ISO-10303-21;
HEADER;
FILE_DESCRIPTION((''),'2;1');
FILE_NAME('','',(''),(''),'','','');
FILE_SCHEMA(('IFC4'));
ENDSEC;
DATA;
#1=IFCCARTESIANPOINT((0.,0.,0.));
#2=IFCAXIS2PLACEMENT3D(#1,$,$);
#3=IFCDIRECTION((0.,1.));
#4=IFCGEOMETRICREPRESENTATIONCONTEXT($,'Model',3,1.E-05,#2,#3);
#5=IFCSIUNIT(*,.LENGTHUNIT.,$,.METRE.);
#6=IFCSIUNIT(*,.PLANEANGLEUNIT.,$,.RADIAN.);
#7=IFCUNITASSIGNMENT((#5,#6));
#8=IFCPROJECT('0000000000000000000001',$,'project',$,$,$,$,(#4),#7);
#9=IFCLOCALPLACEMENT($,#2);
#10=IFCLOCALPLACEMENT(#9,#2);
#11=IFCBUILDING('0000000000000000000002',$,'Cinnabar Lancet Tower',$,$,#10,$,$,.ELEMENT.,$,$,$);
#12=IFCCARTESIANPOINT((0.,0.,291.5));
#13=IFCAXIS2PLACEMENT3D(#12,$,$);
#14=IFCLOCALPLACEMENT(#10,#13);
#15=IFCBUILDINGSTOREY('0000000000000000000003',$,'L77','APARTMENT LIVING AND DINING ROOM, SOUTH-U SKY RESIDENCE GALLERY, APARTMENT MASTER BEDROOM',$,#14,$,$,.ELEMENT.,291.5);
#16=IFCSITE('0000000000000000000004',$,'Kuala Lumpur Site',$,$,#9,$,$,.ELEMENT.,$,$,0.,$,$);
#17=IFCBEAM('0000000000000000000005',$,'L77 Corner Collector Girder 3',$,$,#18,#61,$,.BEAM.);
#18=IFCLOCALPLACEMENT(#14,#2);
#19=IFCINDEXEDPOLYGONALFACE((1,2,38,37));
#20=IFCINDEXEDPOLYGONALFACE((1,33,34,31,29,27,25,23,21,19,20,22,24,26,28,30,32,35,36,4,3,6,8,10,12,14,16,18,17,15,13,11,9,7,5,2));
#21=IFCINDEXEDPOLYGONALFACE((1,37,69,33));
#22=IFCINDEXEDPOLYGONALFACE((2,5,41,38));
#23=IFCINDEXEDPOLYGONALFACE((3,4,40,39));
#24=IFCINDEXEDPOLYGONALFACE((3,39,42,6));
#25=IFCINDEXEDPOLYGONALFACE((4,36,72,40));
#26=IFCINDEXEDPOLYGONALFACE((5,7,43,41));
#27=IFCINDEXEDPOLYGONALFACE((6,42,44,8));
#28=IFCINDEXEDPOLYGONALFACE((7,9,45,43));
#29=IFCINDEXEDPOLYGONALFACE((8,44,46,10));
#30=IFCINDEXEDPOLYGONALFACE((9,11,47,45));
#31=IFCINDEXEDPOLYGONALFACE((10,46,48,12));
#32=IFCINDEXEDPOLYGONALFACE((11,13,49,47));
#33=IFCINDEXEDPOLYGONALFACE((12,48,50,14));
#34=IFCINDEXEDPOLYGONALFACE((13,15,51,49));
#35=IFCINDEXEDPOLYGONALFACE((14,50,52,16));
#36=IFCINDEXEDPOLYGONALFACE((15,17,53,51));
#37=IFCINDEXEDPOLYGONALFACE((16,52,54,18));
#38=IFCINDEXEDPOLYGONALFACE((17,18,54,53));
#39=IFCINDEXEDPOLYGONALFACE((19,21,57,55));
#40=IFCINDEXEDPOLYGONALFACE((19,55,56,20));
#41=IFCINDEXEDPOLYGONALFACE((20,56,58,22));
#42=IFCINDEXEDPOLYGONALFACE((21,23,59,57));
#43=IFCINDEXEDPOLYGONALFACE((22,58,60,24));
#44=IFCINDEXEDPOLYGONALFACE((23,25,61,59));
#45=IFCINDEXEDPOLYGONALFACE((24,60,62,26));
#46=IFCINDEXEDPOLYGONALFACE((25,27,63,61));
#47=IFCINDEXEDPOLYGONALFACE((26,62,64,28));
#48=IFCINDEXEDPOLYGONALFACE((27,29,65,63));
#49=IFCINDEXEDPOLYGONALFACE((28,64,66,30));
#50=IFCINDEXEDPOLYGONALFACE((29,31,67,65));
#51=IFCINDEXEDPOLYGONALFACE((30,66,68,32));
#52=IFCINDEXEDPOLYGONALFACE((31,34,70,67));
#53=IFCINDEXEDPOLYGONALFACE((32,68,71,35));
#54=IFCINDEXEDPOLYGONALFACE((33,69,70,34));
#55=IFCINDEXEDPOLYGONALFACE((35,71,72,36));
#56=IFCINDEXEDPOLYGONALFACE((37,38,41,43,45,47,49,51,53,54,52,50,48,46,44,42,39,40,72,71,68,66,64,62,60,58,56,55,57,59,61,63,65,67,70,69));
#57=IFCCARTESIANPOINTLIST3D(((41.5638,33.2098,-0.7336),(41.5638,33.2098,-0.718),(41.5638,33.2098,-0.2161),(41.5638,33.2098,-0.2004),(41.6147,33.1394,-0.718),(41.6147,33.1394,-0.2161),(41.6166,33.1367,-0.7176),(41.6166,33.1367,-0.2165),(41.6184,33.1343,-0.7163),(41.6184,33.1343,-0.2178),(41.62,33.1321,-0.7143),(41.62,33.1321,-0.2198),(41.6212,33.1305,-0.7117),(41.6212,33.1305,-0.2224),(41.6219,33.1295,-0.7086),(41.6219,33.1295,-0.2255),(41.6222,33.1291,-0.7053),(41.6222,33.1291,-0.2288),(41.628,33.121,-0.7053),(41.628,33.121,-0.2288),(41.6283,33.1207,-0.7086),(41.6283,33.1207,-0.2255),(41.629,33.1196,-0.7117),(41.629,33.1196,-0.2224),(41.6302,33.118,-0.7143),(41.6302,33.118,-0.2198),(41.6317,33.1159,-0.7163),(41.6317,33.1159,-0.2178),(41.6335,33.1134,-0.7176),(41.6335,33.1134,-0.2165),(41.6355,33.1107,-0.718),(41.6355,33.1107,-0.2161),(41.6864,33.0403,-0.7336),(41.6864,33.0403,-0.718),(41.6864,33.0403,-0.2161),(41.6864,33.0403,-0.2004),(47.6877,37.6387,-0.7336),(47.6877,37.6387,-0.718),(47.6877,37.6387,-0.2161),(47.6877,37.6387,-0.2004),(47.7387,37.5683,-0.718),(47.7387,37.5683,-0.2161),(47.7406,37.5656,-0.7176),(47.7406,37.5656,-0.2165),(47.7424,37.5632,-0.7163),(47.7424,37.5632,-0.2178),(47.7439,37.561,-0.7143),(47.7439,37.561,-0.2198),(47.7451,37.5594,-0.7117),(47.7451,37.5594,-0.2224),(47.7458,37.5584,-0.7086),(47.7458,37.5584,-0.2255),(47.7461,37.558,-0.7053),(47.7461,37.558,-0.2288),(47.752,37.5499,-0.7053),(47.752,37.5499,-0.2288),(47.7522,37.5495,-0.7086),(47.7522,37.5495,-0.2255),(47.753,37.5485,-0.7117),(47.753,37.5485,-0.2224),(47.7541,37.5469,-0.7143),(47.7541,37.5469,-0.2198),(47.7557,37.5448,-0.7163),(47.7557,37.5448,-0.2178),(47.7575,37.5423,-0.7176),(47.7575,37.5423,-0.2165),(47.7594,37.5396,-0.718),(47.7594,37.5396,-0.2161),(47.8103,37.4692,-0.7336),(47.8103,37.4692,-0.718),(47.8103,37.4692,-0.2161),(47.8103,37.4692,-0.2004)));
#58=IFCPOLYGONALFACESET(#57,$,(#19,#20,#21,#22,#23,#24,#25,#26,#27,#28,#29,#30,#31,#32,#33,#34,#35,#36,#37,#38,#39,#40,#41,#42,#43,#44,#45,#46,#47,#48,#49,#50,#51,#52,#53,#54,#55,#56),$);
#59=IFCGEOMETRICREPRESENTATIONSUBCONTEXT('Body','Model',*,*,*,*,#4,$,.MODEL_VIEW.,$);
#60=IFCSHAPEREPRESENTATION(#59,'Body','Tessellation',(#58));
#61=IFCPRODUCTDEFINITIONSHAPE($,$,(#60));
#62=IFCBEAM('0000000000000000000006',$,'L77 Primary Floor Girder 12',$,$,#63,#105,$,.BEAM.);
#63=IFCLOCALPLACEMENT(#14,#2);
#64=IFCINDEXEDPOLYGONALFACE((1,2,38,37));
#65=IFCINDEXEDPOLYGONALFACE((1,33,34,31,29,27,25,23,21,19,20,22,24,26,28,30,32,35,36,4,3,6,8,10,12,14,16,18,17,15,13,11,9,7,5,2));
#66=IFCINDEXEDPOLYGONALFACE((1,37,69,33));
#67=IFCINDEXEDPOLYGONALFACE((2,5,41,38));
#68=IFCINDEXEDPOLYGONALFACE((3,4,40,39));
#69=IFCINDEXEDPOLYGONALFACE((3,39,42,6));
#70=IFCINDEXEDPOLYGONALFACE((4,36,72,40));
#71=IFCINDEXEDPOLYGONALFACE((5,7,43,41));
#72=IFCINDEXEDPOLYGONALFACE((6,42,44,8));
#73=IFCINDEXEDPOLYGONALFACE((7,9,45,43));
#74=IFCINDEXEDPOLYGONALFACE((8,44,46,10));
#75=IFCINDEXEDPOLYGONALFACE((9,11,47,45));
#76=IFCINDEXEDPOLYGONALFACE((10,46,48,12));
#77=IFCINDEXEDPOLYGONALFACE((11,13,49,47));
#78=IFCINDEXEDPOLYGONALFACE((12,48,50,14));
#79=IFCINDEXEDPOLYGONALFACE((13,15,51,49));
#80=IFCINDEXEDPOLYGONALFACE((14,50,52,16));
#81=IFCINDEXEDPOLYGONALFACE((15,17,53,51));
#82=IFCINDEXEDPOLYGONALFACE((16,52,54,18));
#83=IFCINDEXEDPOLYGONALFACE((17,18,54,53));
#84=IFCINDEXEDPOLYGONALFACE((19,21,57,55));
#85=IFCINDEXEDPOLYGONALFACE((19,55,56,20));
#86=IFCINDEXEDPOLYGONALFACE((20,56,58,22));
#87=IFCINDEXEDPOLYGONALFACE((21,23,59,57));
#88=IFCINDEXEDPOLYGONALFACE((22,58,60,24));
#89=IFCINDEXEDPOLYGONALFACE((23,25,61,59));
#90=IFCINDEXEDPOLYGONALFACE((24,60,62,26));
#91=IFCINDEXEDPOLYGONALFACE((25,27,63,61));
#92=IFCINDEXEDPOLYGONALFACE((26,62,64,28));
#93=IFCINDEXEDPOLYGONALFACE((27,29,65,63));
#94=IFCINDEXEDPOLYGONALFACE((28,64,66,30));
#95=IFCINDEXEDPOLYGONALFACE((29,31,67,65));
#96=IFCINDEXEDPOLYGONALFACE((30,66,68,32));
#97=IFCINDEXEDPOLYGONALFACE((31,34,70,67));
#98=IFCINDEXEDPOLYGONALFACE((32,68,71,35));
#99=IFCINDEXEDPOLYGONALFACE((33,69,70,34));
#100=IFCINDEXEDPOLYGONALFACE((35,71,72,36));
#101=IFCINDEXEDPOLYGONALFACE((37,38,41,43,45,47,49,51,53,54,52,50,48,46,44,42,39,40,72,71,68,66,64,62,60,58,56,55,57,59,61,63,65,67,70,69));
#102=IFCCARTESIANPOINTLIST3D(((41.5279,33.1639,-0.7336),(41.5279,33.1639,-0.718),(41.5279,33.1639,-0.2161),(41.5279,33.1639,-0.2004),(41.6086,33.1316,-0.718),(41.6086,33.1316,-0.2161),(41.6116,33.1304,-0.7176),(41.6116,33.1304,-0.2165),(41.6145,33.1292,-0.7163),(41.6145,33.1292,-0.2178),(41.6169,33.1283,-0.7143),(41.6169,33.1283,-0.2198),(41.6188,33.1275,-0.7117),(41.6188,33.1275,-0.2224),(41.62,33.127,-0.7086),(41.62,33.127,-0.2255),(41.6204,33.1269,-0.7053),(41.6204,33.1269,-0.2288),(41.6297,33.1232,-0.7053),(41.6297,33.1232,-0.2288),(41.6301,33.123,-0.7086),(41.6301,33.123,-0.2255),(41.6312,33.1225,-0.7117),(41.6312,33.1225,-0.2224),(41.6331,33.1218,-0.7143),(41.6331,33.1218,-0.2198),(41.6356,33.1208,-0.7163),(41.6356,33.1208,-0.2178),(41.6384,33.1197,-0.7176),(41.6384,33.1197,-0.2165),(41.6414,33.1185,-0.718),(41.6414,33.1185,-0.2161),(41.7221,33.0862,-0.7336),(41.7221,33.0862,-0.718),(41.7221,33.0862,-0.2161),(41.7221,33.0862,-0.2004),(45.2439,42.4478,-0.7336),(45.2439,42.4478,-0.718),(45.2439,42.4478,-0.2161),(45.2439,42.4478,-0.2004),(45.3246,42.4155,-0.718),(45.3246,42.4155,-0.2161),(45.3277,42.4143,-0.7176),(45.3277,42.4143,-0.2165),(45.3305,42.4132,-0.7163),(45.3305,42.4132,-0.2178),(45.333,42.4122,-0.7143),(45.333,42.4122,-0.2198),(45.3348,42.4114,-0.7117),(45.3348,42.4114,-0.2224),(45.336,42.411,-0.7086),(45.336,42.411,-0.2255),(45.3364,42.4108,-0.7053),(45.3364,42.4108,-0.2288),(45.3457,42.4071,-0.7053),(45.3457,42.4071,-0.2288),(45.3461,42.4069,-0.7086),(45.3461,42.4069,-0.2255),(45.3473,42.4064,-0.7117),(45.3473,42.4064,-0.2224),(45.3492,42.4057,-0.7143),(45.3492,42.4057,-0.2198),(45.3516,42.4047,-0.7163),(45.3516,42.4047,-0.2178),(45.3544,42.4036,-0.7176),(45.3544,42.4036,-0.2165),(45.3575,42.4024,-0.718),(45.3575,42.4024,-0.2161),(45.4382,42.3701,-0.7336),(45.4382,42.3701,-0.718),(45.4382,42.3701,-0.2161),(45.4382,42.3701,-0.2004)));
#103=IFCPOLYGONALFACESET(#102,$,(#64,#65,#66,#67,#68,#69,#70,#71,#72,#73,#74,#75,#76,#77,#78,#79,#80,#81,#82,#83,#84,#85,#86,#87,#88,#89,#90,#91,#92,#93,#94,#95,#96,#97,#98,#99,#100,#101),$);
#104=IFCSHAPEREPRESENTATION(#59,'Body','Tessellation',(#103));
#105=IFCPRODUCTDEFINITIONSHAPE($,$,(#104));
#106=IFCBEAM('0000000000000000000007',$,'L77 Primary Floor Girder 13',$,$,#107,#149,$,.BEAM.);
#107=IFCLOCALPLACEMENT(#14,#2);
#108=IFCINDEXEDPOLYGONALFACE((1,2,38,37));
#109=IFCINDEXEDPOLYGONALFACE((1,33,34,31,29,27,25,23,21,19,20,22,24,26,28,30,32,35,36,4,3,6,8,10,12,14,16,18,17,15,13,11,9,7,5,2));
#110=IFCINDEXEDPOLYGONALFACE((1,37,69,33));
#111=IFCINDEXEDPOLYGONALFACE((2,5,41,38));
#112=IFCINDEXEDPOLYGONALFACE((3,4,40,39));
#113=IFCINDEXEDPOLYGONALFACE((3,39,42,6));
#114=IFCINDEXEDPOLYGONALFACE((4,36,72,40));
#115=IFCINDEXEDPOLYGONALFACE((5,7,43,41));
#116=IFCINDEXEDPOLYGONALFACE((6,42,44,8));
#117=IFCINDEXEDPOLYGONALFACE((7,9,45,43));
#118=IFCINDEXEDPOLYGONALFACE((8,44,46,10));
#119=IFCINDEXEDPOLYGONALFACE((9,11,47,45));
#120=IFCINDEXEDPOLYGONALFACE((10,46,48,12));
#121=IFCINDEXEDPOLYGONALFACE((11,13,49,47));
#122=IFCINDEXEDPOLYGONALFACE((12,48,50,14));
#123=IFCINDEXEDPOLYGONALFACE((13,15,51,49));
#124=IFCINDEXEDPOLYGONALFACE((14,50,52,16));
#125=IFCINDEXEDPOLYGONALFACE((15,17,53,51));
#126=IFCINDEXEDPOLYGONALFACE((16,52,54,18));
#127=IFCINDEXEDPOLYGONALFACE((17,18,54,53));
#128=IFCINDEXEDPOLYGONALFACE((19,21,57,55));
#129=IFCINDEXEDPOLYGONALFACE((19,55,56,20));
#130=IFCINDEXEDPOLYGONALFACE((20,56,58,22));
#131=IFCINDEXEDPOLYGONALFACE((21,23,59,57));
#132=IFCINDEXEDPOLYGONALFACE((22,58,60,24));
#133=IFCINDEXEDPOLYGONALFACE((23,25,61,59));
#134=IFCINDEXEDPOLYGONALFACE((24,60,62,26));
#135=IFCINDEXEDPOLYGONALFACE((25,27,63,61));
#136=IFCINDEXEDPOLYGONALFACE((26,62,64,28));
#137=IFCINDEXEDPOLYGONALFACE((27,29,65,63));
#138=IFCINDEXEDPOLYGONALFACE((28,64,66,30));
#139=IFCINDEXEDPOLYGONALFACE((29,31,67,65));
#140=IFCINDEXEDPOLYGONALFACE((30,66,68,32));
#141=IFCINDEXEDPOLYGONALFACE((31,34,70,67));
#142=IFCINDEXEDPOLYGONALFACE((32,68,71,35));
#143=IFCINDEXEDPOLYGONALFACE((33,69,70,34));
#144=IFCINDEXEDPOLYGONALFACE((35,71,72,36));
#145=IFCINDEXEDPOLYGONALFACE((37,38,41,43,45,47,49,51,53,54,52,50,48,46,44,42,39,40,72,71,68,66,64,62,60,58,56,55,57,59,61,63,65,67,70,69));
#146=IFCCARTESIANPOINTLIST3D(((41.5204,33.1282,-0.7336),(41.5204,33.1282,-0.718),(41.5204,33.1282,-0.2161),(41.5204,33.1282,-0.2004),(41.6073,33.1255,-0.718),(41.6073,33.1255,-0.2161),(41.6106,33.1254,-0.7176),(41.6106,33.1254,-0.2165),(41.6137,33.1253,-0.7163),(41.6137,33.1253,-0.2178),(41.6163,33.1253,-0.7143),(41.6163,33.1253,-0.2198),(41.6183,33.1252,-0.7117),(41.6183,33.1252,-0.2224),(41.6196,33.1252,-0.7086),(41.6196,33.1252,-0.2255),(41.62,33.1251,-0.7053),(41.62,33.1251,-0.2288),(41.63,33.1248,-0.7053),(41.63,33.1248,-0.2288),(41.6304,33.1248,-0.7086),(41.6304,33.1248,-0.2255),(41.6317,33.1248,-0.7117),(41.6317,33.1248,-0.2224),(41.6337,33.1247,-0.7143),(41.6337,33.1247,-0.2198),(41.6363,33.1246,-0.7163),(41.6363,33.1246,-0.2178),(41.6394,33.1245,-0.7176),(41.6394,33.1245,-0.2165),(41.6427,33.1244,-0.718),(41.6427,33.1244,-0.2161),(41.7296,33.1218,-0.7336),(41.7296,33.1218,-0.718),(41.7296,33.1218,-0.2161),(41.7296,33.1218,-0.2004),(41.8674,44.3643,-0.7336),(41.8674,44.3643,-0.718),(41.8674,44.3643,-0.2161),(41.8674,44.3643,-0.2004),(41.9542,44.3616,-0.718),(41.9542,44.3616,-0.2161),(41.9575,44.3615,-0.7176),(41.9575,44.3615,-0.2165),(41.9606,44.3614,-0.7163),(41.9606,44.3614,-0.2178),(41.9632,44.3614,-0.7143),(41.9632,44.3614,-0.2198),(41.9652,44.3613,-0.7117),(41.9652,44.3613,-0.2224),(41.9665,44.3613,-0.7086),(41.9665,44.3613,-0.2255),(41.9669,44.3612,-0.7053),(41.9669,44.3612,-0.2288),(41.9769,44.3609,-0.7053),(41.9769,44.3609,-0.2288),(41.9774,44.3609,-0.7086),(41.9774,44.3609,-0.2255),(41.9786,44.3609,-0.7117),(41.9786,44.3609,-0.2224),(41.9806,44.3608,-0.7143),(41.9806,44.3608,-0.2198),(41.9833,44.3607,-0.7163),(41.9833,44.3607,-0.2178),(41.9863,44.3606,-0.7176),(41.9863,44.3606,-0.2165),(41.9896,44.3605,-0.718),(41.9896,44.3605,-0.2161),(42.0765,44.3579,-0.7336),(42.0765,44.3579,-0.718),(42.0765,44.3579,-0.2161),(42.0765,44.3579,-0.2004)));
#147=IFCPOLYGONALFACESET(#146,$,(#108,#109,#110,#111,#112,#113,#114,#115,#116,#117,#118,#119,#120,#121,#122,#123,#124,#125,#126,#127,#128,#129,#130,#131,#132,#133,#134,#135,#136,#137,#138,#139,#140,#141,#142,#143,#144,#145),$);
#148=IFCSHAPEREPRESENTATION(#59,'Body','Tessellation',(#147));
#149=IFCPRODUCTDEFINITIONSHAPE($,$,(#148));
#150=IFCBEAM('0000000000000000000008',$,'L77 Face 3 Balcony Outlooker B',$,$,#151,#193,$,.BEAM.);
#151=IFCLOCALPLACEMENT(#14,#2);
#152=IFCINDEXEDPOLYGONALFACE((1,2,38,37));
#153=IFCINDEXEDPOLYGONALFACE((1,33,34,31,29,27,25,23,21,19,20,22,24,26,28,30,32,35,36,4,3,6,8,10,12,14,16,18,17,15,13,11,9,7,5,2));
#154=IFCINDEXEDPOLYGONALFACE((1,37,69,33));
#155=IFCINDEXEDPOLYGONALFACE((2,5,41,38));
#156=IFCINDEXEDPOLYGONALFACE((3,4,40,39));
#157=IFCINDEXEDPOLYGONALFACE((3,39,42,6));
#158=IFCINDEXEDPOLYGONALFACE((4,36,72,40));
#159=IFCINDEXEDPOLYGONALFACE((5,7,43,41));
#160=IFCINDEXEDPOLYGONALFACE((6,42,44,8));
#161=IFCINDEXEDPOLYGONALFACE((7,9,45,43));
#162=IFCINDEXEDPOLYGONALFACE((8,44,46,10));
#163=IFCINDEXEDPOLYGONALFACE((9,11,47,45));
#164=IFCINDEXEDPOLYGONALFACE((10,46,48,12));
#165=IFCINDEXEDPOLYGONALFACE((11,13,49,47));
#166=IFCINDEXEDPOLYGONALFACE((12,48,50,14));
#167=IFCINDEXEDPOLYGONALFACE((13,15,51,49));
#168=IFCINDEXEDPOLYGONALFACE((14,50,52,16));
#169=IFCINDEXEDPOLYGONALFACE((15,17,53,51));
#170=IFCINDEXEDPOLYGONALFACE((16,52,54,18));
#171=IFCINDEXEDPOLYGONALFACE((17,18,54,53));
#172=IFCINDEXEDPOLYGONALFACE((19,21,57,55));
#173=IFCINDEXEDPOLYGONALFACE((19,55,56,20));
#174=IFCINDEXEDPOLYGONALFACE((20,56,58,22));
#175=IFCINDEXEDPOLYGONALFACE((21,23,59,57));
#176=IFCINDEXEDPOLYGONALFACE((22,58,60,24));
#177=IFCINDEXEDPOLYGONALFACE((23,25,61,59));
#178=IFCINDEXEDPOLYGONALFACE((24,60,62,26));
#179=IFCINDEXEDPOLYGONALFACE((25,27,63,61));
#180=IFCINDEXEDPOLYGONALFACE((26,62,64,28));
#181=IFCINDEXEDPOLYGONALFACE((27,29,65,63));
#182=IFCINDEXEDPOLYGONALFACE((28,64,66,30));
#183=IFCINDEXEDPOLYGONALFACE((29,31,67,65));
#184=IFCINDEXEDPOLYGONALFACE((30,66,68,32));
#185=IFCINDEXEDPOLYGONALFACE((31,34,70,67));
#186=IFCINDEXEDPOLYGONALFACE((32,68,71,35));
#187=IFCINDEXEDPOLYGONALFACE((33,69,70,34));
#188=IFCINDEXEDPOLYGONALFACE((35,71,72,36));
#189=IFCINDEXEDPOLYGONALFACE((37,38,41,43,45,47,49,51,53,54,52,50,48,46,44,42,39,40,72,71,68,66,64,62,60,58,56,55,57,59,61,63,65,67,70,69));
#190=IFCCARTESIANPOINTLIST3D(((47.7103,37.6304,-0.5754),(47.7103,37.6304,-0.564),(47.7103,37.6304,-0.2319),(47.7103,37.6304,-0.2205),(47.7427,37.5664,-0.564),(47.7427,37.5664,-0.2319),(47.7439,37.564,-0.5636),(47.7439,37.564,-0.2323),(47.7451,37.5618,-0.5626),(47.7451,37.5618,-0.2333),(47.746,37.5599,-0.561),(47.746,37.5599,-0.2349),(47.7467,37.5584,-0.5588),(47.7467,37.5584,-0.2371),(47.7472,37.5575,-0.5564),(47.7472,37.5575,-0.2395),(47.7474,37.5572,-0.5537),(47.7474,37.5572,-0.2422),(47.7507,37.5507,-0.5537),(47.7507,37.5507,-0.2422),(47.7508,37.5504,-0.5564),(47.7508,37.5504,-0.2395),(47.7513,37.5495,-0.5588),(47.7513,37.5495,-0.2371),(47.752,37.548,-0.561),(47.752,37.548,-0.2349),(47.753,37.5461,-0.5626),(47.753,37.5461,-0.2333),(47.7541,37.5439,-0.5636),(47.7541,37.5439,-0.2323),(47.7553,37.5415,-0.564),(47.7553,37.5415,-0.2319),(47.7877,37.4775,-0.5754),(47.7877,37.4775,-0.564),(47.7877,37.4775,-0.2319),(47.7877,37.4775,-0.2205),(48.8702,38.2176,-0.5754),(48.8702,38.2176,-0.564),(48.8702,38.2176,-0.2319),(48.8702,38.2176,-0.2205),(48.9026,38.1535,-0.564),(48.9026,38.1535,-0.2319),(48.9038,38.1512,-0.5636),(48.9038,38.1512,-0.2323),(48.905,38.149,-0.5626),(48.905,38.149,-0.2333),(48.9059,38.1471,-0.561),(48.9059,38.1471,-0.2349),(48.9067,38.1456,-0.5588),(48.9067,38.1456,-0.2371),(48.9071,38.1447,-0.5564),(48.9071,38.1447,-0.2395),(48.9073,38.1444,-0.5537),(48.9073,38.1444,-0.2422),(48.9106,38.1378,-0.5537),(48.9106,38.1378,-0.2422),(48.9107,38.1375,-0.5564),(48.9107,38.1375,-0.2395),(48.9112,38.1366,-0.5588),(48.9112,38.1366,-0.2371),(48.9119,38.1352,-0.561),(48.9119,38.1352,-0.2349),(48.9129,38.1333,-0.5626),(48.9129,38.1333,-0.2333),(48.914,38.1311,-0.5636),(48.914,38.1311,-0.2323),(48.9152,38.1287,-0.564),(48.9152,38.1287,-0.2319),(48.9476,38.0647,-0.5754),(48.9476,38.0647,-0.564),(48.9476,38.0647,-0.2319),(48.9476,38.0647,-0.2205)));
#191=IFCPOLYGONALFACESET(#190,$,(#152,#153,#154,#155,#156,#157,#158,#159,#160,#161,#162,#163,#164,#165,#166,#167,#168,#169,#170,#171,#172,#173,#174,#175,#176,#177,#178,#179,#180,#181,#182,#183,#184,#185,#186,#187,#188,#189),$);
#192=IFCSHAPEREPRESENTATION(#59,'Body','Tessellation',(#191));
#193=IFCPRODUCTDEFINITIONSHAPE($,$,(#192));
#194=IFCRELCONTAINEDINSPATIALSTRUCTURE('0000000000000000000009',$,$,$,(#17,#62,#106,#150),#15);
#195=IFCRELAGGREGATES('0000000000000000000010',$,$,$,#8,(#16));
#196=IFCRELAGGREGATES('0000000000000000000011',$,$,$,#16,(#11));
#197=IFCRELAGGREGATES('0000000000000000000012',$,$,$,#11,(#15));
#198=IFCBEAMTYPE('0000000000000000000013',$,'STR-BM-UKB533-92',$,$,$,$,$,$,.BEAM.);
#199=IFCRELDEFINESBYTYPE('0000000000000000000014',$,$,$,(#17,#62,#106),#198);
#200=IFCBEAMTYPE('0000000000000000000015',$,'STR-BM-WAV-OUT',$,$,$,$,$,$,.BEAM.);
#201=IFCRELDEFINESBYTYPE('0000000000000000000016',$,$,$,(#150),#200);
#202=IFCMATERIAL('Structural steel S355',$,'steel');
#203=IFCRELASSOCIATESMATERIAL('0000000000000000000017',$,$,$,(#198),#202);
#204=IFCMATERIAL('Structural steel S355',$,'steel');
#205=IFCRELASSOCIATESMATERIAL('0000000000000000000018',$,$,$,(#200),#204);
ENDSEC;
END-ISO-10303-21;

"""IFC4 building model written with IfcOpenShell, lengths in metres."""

from ifc_helpers import new_model, si_unit, direction, frame, origin, origin_2d, place, context, subcontext, project, spatial, i_section, extrude, material, material_profile, profile_set, type_object, element, save


model = new_model("IFC4")

# Units and contexts
model_context = context("Model", 3, precision=1e-05, world=origin(), true_north=direction((0.0, 1.0)))
body_context = subcontext(model_context, "Body", "Model", "MODEL_VIEW")
ifc_project = project(units=[si_unit("LENGTHUNIT", "METRE"), si_unit("PLANEANGLEUNIT", "RADIAN")], contexts=[model_context])

# Site, building, storey
site_placement = place(None, origin())
site = spatial("IfcSite", under=ifc_project, at=site_placement, Name="Kuala Lumpur Site", CompositionType="ELEMENT", RefElevation=0.0)
building_placement = place(site_placement, origin())
building = spatial("IfcBuilding", under=site, at=building_placement, Name="Cinnabar Lancet Tower", CompositionType="ELEMENT")
storey_placement = place(building_placement, frame((0.0, 0.0, 291.5)))
storey = spatial("IfcBuildingStorey", under=building, at=storey_placement, Name="L77", Description="APARTMENT LIVING AND DINING ROOM, SOUTH-U SKY RESIDENCE GALLERY, APARTMENT MASTER BEDROOM", CompositionType="ELEMENT", Elevation=291.5)

# Beams
ifc_material_1 = material(Name="Structural steel S355", Category="steel")
ifc_material_profile_1 = material_profile(ifc_material_1, i_section(OverallWidth=0.2092, OverallDepth=0.5332, WebThickness=0.01, FlangeThickness=0.0156, FilletRadius=0.0127, at=origin_2d()), Name="UKB 533x210x92")
ifc_profile_set_1 = profile_set([ifc_material_profile_1], Name="Structural steel S355")
beam_type_1 = type_object("IfcBeamType", Name="STR-BM-UKB533-92", PredefinedType="BEAM", material=ifc_profile_set_1)
beam_1_placement = place(storey_placement, frame((47.749, 37.554, -0.467), z_axis=(-0.810299, -0.586016, 0.0), x_axis=(0.586016, -0.810299, 0.0)))
element("IfcBeam", 1, at=beam_1_placement, inside=storey, type_object=beam_type_1, Name="L77 Corner Collector Girder 3", PredefinedType="BEAM", context=body_context, shape_type="SweptSolid", body=[
    extrude(i_section(OverallWidth=0.2092, OverallDepth=0.5332, WebThickness=0.01, FlangeThickness=0.0156, FilletRadius=0.0127, at=origin_2d()), origin(), (0.0, 0.0, 1.0), 7.5576),
])
beam_2_placement = place(storey_placement, frame((45.3411, 42.4089, -0.467), z_axis=(-0.371605, -0.928391, 0.0), x_axis=(0.928391, -0.371605, 0.0)))
element("IfcBeam", 2, at=beam_2_placement, inside=storey, type_object=beam_type_1, Name="L77 Primary Floor Girder 12", PredefinedType="BEAM", context=body_context, shape_type="SweptSolid", body=[
    extrude(i_section(OverallWidth=0.2092, OverallDepth=0.5332, WebThickness=0.01, FlangeThickness=0.0156, FilletRadius=0.0127, at=origin_2d()), origin(), (0.0, 0.0, 1.0), 10.0),
])
beam_3_placement = place(storey_placement, frame((41.9719, 44.3611, -0.467), z_axis=(-0.030861, -0.999524, 0.0), x_axis=(0.999524, -0.030861, 0.0)))
element("IfcBeam", 3, at=beam_3_placement, inside=storey, type_object=beam_type_1, Name="L77 Primary Floor Girder 13", PredefinedType="BEAM", context=body_context, shape_type="SweptSolid", body=[
    extrude(i_section(OverallWidth=0.2092, OverallDepth=0.5332, WebThickness=0.01, FlangeThickness=0.0156, FilletRadius=0.0127, at=origin_2d()), origin(), (0.0, 0.0, 1.0), 11.2415),
])
ifc_material_2 = material(Name="Structural steel S355", Category="steel")
ifc_material_profile_2 = material_profile(ifc_material_2, i_section(OverallWidth=0.1714, OverallDepth=0.355, WebThickness=0.0073, FlangeThickness=0.0115, FilletRadius=0.0103, at=origin_2d()), Name="UKB 356x171x51")
ifc_profile_set_2 = profile_set([ifc_material_profile_2], Name="Structural steel S355")
beam_type_2 = type_object("IfcBeamType", Name="STR-BM-WAV-OUT", PredefinedType="BEAM", material=ifc_profile_set_2)
beam_4_placement = place(storey_placement, frame((47.749, 37.554, -0.3979), z_axis=(0.8922, 0.45164, 0.0), x_axis=(-0.45164, 0.8922, 0.0)))
element("IfcBeam", 4, at=beam_4_placement, inside=storey, type_object=beam_type_2, Name="L77 Face 3 Balcony Outlooker B", PredefinedType="BEAM", context=body_context, shape_type="SweptSolid", body=[
    extrude(i_section(OverallWidth=0.1714, OverallDepth=0.355, WebThickness=0.0073, FlangeThickness=0.0115, FilletRadius=0.0103, at=origin_2d()), origin(), (0.0, 0.0, 1.0), 1.3),
])

save(model, "model.ifc")
